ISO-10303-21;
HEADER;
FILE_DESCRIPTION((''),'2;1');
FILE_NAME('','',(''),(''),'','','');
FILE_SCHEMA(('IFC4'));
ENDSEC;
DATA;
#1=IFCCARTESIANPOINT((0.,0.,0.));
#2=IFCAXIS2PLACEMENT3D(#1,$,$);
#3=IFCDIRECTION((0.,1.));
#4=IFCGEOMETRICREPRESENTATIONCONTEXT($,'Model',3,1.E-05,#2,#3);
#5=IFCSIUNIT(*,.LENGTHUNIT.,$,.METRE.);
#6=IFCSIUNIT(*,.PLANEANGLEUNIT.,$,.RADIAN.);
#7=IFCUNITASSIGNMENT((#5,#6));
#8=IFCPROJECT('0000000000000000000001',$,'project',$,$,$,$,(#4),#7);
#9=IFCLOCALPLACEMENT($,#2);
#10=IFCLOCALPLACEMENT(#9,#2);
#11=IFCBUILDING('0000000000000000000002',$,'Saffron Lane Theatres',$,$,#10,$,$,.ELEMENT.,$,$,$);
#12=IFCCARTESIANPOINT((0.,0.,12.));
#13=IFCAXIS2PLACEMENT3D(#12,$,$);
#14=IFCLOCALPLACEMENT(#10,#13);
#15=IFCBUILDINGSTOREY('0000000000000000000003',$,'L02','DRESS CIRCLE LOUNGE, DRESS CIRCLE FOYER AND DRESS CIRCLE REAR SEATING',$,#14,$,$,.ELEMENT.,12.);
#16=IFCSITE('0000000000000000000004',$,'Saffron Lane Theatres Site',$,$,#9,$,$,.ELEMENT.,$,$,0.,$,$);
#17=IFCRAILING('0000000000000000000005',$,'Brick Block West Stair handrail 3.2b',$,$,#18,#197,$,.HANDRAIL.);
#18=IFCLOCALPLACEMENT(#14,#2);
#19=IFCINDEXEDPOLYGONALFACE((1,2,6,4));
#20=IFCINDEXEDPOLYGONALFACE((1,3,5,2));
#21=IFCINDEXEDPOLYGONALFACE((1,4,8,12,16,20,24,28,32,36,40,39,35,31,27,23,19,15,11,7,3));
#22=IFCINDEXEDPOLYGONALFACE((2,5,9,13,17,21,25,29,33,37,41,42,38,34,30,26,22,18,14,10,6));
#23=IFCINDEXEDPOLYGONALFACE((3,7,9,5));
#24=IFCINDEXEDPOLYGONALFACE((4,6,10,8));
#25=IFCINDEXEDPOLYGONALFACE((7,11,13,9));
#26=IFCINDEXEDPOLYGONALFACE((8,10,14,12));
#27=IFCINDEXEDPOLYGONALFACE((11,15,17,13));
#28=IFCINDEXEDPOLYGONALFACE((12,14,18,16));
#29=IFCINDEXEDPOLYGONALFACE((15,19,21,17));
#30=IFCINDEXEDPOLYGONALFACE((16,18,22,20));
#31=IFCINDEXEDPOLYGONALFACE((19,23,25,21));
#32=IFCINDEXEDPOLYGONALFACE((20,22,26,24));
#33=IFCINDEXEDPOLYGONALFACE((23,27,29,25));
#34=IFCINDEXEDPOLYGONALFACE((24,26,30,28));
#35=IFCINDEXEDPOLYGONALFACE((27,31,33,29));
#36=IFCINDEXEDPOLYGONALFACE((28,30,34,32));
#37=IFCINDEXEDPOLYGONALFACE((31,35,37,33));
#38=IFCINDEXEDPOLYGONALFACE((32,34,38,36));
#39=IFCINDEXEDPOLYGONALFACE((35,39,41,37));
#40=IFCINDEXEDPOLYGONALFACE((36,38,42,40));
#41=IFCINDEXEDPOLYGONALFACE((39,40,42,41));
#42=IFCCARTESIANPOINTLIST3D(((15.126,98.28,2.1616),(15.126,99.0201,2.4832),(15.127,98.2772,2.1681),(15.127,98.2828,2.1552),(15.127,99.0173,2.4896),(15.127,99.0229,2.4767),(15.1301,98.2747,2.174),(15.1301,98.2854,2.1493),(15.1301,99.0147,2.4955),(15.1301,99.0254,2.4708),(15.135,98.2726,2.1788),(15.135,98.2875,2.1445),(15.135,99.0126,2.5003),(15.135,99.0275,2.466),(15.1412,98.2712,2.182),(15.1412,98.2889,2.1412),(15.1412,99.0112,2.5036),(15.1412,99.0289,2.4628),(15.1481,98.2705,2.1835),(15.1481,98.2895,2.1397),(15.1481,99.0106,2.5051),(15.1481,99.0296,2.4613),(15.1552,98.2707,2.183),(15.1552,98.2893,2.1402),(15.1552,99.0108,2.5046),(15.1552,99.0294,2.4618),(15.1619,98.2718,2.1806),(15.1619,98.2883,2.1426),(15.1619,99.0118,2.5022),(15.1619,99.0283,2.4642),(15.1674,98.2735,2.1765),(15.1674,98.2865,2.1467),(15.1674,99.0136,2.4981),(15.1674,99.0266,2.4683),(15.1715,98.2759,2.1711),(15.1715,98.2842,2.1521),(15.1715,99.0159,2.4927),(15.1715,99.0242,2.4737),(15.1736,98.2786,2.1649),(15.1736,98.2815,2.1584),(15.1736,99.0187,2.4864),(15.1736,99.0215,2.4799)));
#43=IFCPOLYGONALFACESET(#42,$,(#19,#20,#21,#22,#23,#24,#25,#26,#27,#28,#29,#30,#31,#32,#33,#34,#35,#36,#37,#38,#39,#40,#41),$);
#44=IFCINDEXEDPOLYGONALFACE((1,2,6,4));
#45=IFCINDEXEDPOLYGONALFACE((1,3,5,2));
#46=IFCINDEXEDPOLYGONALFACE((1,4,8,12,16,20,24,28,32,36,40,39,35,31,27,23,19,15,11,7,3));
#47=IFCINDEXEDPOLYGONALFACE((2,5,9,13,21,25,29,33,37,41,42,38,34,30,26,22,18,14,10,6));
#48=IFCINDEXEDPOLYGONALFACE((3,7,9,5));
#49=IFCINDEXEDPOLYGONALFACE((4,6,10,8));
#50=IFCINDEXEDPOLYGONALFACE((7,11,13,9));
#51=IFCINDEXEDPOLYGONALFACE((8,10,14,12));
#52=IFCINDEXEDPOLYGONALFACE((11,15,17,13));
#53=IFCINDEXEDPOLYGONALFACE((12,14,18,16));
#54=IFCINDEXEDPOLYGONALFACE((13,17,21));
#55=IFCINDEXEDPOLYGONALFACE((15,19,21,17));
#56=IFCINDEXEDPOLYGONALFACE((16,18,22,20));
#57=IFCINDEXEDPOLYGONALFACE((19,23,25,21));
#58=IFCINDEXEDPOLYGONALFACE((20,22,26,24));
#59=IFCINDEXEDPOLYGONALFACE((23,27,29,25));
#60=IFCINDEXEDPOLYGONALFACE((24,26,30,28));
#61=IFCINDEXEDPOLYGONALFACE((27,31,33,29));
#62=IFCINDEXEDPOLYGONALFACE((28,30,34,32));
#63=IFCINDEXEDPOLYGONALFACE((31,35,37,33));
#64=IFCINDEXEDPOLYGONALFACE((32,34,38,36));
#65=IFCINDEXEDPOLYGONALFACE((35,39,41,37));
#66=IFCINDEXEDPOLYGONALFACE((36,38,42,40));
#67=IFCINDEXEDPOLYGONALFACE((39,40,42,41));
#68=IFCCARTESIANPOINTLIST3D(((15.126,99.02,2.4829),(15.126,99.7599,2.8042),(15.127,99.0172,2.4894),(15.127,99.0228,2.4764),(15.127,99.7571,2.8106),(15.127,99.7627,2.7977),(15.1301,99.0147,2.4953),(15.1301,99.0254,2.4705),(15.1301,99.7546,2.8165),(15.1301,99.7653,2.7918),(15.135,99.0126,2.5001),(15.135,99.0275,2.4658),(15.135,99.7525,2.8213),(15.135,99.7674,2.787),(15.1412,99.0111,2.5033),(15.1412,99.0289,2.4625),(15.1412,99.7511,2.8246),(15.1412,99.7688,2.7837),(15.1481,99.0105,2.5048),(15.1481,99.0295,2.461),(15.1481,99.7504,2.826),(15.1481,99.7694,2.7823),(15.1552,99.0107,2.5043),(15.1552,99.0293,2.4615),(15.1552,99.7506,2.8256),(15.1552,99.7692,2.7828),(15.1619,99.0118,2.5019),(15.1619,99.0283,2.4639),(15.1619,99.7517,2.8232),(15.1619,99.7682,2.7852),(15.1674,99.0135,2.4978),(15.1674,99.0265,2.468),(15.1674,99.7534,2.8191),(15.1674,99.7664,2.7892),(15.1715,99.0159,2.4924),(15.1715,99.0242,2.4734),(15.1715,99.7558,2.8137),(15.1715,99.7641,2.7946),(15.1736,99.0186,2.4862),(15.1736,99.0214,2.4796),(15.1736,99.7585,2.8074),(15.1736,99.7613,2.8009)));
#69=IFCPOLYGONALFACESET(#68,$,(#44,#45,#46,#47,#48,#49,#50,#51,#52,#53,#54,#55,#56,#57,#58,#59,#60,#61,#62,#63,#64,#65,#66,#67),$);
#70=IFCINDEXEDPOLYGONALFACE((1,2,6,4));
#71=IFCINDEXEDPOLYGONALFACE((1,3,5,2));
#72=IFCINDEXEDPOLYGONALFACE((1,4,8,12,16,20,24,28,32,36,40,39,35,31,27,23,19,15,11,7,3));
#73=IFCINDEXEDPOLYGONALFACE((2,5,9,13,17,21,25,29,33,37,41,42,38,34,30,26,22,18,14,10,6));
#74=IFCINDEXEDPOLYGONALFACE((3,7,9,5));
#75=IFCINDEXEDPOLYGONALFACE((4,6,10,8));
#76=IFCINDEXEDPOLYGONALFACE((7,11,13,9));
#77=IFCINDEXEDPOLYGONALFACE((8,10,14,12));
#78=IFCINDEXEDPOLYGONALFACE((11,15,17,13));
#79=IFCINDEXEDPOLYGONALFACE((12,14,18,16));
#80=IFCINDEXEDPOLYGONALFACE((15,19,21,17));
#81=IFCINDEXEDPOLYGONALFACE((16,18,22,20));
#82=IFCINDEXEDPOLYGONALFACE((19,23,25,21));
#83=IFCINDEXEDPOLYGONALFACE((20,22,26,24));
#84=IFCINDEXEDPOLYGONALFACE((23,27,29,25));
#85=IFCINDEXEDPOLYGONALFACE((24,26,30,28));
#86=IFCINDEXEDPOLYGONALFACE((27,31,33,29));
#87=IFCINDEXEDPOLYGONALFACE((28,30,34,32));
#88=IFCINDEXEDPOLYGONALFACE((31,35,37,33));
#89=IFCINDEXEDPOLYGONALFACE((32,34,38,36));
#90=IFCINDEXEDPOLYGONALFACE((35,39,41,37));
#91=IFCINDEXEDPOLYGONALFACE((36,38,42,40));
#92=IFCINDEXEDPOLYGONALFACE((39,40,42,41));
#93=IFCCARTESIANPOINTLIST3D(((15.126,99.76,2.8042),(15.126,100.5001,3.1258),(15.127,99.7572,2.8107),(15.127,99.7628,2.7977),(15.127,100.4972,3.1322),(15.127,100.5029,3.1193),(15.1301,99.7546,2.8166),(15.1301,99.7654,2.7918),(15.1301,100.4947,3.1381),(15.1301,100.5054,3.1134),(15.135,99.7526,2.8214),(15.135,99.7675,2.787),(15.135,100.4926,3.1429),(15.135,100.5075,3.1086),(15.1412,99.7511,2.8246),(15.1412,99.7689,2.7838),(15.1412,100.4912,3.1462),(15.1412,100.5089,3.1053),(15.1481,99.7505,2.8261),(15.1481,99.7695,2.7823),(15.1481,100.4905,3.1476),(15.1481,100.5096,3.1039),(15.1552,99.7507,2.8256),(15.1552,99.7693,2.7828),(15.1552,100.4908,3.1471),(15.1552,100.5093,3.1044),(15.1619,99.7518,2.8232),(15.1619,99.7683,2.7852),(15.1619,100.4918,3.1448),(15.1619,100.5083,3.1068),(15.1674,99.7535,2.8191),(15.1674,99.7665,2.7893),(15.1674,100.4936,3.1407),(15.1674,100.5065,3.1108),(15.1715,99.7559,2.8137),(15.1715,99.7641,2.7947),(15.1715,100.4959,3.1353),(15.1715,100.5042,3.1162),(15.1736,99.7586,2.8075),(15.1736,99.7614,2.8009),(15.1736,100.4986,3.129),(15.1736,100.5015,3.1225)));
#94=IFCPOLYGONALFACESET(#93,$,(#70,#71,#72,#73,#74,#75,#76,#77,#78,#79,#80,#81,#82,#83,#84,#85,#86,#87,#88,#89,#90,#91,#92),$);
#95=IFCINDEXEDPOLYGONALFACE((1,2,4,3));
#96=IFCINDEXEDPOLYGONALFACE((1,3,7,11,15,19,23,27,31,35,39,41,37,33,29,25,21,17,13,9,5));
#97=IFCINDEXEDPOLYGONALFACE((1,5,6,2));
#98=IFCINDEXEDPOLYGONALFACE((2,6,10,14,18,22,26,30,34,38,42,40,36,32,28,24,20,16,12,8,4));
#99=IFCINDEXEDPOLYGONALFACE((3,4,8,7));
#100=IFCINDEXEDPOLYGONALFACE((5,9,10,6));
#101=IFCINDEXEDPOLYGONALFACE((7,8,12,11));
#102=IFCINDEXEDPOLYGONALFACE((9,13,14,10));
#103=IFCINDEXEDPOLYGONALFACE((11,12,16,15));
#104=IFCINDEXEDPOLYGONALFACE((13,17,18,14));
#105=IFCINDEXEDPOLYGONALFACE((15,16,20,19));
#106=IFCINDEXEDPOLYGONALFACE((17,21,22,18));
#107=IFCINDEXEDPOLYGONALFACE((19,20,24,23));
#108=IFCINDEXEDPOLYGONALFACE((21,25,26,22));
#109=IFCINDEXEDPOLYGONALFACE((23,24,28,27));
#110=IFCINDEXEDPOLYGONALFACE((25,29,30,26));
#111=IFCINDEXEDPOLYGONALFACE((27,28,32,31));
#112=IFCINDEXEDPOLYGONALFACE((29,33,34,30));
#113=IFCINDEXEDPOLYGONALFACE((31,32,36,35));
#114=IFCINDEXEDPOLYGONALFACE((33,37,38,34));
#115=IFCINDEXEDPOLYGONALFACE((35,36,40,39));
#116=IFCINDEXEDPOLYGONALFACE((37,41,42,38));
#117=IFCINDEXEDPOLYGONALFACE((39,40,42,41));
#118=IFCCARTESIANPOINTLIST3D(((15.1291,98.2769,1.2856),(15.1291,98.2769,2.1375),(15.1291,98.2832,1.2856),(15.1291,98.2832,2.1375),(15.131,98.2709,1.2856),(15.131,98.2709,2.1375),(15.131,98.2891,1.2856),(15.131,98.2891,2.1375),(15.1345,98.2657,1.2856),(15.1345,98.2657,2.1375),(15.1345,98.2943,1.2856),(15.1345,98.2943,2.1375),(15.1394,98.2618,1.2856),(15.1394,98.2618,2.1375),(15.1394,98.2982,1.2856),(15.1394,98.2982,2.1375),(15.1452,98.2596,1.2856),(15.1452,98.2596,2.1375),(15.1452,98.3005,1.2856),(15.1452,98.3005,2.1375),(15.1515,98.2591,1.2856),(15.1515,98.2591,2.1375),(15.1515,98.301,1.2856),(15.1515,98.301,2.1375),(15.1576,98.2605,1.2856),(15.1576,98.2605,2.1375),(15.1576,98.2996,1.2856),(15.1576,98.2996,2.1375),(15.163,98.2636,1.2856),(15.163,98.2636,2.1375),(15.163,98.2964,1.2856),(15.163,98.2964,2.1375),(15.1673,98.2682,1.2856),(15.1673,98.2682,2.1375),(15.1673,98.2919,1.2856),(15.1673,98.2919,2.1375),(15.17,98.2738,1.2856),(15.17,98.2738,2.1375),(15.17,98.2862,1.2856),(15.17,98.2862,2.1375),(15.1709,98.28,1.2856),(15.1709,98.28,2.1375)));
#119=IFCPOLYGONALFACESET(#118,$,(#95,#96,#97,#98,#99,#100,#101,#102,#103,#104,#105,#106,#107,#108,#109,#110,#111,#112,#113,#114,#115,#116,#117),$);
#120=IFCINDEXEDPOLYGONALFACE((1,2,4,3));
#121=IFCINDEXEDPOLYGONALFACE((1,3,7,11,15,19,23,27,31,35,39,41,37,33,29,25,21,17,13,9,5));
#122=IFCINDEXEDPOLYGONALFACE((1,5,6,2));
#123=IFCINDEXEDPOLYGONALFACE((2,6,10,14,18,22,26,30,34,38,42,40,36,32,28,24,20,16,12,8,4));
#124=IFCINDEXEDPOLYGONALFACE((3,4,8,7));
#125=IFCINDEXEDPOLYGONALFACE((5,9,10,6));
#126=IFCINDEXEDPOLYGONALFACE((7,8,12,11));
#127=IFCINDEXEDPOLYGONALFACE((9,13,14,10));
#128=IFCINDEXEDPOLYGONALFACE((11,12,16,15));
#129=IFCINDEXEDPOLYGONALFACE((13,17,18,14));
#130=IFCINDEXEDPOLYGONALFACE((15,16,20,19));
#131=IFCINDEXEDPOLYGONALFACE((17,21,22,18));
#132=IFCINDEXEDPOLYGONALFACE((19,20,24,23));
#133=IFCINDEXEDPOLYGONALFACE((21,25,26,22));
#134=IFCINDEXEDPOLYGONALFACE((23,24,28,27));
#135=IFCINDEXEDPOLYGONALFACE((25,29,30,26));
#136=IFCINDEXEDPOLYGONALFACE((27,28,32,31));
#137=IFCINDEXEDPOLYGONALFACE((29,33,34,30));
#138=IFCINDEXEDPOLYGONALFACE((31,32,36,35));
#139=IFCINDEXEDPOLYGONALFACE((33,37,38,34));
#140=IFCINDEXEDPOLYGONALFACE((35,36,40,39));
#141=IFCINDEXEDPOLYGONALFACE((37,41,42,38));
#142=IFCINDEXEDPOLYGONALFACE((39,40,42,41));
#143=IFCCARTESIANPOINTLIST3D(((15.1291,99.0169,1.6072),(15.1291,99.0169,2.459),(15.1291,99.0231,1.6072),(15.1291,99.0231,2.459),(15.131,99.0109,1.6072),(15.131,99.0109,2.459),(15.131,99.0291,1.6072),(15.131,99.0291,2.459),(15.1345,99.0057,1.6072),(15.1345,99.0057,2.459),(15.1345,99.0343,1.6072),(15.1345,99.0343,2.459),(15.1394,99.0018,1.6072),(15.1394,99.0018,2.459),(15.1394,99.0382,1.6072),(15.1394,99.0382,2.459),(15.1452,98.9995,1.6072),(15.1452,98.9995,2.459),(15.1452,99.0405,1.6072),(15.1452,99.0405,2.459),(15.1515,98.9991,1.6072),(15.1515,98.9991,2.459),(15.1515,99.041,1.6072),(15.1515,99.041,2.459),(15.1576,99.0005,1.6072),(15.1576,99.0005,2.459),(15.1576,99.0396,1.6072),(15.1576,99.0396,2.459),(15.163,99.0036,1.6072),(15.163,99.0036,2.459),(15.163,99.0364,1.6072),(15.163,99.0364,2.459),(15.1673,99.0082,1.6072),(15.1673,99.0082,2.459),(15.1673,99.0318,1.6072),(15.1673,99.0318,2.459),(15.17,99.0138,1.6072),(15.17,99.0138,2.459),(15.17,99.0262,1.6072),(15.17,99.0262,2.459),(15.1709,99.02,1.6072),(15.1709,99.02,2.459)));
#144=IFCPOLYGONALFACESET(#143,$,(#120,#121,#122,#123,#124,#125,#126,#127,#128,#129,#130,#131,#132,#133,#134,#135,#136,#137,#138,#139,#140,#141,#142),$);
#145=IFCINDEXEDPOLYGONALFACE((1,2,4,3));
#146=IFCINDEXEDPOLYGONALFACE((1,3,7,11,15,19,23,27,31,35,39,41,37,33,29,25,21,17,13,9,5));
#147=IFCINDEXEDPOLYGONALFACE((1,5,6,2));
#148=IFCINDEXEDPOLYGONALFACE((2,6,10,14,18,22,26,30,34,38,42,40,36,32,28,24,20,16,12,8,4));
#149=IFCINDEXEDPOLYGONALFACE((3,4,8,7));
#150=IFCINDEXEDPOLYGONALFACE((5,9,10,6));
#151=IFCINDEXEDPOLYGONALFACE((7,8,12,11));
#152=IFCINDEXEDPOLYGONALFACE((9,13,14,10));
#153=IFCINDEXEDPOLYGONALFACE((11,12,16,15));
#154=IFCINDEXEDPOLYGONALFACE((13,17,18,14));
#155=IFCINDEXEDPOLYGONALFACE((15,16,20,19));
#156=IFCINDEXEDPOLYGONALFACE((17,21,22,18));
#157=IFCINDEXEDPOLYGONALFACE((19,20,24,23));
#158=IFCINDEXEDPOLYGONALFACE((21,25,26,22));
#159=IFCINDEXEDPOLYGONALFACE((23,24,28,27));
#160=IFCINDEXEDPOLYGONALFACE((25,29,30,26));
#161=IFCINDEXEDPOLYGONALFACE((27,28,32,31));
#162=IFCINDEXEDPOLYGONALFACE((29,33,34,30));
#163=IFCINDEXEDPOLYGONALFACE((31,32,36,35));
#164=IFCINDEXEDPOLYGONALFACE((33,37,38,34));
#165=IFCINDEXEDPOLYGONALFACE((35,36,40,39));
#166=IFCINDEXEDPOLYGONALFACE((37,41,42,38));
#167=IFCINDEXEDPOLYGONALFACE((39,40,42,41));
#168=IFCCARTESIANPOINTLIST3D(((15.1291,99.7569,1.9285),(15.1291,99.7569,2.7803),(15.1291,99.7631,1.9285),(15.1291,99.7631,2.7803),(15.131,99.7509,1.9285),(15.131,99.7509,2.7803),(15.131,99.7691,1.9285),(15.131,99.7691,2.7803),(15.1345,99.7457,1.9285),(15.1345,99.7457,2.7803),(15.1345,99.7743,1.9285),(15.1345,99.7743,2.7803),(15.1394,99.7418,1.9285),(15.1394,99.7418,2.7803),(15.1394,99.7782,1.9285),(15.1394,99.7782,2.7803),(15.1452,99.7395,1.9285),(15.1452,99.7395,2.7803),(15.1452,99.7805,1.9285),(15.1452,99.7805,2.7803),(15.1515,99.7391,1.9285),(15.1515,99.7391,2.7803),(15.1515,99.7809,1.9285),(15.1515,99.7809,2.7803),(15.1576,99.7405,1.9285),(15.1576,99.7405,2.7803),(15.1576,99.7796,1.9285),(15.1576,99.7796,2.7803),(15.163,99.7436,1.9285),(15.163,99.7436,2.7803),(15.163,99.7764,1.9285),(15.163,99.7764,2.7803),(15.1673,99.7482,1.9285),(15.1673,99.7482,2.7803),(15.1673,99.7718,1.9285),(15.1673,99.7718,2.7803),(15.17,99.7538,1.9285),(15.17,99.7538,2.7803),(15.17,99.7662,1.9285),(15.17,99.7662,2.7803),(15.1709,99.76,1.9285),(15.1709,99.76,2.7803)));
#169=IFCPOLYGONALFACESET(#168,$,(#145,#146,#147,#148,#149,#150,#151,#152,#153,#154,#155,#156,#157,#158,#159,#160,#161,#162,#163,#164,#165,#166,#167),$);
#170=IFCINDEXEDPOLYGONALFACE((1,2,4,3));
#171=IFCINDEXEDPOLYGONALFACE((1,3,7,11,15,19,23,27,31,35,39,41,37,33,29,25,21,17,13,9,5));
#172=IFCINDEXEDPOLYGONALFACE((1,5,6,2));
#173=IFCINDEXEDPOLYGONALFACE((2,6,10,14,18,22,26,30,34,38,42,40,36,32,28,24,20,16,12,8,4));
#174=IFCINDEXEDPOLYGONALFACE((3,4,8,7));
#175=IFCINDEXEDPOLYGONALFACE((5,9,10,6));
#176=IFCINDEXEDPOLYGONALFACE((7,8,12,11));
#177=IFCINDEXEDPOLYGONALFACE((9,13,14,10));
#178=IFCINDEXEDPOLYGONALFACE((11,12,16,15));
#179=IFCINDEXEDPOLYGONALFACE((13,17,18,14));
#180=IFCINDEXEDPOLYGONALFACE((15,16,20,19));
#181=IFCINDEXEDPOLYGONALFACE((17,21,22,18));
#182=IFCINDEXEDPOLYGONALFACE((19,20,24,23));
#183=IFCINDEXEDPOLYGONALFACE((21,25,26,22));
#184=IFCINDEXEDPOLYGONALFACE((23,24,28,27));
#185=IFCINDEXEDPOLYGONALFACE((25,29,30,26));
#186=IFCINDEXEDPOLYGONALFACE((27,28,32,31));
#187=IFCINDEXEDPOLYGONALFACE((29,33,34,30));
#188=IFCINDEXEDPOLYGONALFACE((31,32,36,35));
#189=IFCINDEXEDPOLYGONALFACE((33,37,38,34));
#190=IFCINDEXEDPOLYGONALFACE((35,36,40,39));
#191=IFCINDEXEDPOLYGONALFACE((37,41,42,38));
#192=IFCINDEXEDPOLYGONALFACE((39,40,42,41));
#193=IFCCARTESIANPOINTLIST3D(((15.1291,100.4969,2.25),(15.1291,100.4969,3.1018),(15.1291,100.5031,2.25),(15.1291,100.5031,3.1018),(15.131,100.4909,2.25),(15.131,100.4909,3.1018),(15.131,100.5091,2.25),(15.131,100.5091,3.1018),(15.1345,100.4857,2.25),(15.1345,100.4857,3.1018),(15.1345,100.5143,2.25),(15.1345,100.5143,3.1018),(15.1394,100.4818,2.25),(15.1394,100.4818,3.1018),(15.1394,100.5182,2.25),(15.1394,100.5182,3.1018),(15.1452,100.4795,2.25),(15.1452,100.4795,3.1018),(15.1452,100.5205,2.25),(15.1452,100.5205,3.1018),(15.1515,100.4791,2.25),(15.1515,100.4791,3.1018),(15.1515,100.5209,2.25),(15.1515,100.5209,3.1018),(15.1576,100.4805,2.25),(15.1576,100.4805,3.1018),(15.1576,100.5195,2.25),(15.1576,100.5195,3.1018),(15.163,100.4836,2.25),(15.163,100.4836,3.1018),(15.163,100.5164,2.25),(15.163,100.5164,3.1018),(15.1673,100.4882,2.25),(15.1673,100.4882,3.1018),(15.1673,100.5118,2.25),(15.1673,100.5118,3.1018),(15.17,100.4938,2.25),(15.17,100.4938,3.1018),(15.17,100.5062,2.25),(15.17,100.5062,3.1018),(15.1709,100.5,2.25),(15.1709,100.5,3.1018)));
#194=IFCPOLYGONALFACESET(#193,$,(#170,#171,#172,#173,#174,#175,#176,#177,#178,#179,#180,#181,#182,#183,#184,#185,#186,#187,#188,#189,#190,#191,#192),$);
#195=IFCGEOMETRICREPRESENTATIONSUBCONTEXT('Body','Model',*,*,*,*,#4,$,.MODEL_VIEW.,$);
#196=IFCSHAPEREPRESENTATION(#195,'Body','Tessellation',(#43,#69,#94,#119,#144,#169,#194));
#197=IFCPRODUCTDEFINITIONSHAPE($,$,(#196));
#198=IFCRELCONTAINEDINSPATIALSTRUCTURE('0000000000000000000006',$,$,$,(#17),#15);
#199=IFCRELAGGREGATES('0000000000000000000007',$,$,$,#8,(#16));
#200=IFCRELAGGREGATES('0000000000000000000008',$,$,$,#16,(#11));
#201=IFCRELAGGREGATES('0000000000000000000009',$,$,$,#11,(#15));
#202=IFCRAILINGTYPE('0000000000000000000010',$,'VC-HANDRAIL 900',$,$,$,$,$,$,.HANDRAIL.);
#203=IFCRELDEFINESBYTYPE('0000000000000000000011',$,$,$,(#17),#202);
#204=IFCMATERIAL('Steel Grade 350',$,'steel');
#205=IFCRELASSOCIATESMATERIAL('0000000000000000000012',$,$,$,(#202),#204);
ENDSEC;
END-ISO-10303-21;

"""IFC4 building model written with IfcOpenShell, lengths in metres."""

from ifc_helpers import new_model, si_unit, direction, frame, origin, origin_2d, place, context, subcontext, project, spatial, circle, extrude, material, type_object, element, save


model = new_model("IFC4")

# Units and contexts
model_context = context("Model", 3, precision=1e-05, world=origin(), true_north=direction((0.0, 1.0)))
body_context = subcontext(model_context, "Body", "Model", "MODEL_VIEW")
ifc_project = project(units=[si_unit("LENGTHUNIT", "METRE"), si_unit("PLANEANGLEUNIT", "RADIAN")], contexts=[model_context])

# Site, building, storey
site_placement = place(None, origin())
site = spatial("IfcSite", under=ifc_project, at=site_placement, Name="Saffron Lane Theatres Site", CompositionType="ELEMENT", RefElevation=0.0)
building_placement = place(site_placement, origin())
building = spatial("IfcBuilding", under=site, at=building_placement, Name="Saffron Lane Theatres", CompositionType="ELEMENT")
storey_placement = place(building_placement, frame((0.0, 0.0, 12.0)))
storey = spatial("IfcBuildingStorey", under=building, at=storey_placement, Name="L02", Description="DRESS CIRCLE LOUNGE, DRESS CIRCLE FOYER AND DRESS CIRCLE REAR SEATING", CompositionType="ELEMENT", Elevation=12.0)

# Railing
ifc_material_1 = material(Name="Steel Grade 350", Category="steel")
railing_type_1 = type_object("IfcRailingType", Name="VC-HANDRAIL 900", PredefinedType="HANDRAIL", material=ifc_material_1)
for number, where, name in (
    (1, (15.1499, 98.28, 1.2856), "Brick Block West Stair handrail 3.2b"),
):
    element("IfcRailing", number, at=place(storey_placement, frame(where)), inside=storey, type_object=railing_type_1, Name=name, PredefinedType="HANDRAIL", context=body_context, shape_type="SweptSolid", body=[
        extrude(circle(Radius=0.0239, at=origin_2d()), frame((0.0, 0.0, 0.876), z_axis=(0.0, 0.917161, 0.398516), x_axis=(-1.0, 0.0, 0.0)), (0.0, 0.0, 1.0), 0.8069),
        extrude(circle(Radius=0.0239, at=origin_2d()), frame((0.0, 0.74, 1.1973), z_axis=(0.0, 0.917272, 0.398261), x_axis=(-1.0, 0.0, 0.0)), (0.0, 0.0, 1.0), 0.8066),
        extrude(circle(Radius=0.0239, at=origin_2d()), frame((0.0, 1.48, 1.5186), z_axis=(0.0, 0.917161, 0.398516), x_axis=(-1.0, 0.0, 0.0)), (0.0, 0.0, 1.0), 0.8069),
        extrude(circle(Radius=0.021, at=origin_2d()), origin(), (0.0, 0.0, 1.0), 0.8518),
        extrude(circle(Radius=0.021, at=origin_2d()), frame((0.0, 0.74, 0.3215)), (0.0, 0.0, 1.0), 0.8518),
        extrude(circle(Radius=0.021, at=origin_2d()), frame((0.0, 1.48, 0.6428)), (0.0, 0.0, 1.0), 0.8518),
        extrude(circle(Radius=0.021, at=origin_2d()), frame((0.0, 2.22, 0.9644)), (0.0, 0.0, 1.0), 0.8518),
    ])

save(model, "model.ifc")
